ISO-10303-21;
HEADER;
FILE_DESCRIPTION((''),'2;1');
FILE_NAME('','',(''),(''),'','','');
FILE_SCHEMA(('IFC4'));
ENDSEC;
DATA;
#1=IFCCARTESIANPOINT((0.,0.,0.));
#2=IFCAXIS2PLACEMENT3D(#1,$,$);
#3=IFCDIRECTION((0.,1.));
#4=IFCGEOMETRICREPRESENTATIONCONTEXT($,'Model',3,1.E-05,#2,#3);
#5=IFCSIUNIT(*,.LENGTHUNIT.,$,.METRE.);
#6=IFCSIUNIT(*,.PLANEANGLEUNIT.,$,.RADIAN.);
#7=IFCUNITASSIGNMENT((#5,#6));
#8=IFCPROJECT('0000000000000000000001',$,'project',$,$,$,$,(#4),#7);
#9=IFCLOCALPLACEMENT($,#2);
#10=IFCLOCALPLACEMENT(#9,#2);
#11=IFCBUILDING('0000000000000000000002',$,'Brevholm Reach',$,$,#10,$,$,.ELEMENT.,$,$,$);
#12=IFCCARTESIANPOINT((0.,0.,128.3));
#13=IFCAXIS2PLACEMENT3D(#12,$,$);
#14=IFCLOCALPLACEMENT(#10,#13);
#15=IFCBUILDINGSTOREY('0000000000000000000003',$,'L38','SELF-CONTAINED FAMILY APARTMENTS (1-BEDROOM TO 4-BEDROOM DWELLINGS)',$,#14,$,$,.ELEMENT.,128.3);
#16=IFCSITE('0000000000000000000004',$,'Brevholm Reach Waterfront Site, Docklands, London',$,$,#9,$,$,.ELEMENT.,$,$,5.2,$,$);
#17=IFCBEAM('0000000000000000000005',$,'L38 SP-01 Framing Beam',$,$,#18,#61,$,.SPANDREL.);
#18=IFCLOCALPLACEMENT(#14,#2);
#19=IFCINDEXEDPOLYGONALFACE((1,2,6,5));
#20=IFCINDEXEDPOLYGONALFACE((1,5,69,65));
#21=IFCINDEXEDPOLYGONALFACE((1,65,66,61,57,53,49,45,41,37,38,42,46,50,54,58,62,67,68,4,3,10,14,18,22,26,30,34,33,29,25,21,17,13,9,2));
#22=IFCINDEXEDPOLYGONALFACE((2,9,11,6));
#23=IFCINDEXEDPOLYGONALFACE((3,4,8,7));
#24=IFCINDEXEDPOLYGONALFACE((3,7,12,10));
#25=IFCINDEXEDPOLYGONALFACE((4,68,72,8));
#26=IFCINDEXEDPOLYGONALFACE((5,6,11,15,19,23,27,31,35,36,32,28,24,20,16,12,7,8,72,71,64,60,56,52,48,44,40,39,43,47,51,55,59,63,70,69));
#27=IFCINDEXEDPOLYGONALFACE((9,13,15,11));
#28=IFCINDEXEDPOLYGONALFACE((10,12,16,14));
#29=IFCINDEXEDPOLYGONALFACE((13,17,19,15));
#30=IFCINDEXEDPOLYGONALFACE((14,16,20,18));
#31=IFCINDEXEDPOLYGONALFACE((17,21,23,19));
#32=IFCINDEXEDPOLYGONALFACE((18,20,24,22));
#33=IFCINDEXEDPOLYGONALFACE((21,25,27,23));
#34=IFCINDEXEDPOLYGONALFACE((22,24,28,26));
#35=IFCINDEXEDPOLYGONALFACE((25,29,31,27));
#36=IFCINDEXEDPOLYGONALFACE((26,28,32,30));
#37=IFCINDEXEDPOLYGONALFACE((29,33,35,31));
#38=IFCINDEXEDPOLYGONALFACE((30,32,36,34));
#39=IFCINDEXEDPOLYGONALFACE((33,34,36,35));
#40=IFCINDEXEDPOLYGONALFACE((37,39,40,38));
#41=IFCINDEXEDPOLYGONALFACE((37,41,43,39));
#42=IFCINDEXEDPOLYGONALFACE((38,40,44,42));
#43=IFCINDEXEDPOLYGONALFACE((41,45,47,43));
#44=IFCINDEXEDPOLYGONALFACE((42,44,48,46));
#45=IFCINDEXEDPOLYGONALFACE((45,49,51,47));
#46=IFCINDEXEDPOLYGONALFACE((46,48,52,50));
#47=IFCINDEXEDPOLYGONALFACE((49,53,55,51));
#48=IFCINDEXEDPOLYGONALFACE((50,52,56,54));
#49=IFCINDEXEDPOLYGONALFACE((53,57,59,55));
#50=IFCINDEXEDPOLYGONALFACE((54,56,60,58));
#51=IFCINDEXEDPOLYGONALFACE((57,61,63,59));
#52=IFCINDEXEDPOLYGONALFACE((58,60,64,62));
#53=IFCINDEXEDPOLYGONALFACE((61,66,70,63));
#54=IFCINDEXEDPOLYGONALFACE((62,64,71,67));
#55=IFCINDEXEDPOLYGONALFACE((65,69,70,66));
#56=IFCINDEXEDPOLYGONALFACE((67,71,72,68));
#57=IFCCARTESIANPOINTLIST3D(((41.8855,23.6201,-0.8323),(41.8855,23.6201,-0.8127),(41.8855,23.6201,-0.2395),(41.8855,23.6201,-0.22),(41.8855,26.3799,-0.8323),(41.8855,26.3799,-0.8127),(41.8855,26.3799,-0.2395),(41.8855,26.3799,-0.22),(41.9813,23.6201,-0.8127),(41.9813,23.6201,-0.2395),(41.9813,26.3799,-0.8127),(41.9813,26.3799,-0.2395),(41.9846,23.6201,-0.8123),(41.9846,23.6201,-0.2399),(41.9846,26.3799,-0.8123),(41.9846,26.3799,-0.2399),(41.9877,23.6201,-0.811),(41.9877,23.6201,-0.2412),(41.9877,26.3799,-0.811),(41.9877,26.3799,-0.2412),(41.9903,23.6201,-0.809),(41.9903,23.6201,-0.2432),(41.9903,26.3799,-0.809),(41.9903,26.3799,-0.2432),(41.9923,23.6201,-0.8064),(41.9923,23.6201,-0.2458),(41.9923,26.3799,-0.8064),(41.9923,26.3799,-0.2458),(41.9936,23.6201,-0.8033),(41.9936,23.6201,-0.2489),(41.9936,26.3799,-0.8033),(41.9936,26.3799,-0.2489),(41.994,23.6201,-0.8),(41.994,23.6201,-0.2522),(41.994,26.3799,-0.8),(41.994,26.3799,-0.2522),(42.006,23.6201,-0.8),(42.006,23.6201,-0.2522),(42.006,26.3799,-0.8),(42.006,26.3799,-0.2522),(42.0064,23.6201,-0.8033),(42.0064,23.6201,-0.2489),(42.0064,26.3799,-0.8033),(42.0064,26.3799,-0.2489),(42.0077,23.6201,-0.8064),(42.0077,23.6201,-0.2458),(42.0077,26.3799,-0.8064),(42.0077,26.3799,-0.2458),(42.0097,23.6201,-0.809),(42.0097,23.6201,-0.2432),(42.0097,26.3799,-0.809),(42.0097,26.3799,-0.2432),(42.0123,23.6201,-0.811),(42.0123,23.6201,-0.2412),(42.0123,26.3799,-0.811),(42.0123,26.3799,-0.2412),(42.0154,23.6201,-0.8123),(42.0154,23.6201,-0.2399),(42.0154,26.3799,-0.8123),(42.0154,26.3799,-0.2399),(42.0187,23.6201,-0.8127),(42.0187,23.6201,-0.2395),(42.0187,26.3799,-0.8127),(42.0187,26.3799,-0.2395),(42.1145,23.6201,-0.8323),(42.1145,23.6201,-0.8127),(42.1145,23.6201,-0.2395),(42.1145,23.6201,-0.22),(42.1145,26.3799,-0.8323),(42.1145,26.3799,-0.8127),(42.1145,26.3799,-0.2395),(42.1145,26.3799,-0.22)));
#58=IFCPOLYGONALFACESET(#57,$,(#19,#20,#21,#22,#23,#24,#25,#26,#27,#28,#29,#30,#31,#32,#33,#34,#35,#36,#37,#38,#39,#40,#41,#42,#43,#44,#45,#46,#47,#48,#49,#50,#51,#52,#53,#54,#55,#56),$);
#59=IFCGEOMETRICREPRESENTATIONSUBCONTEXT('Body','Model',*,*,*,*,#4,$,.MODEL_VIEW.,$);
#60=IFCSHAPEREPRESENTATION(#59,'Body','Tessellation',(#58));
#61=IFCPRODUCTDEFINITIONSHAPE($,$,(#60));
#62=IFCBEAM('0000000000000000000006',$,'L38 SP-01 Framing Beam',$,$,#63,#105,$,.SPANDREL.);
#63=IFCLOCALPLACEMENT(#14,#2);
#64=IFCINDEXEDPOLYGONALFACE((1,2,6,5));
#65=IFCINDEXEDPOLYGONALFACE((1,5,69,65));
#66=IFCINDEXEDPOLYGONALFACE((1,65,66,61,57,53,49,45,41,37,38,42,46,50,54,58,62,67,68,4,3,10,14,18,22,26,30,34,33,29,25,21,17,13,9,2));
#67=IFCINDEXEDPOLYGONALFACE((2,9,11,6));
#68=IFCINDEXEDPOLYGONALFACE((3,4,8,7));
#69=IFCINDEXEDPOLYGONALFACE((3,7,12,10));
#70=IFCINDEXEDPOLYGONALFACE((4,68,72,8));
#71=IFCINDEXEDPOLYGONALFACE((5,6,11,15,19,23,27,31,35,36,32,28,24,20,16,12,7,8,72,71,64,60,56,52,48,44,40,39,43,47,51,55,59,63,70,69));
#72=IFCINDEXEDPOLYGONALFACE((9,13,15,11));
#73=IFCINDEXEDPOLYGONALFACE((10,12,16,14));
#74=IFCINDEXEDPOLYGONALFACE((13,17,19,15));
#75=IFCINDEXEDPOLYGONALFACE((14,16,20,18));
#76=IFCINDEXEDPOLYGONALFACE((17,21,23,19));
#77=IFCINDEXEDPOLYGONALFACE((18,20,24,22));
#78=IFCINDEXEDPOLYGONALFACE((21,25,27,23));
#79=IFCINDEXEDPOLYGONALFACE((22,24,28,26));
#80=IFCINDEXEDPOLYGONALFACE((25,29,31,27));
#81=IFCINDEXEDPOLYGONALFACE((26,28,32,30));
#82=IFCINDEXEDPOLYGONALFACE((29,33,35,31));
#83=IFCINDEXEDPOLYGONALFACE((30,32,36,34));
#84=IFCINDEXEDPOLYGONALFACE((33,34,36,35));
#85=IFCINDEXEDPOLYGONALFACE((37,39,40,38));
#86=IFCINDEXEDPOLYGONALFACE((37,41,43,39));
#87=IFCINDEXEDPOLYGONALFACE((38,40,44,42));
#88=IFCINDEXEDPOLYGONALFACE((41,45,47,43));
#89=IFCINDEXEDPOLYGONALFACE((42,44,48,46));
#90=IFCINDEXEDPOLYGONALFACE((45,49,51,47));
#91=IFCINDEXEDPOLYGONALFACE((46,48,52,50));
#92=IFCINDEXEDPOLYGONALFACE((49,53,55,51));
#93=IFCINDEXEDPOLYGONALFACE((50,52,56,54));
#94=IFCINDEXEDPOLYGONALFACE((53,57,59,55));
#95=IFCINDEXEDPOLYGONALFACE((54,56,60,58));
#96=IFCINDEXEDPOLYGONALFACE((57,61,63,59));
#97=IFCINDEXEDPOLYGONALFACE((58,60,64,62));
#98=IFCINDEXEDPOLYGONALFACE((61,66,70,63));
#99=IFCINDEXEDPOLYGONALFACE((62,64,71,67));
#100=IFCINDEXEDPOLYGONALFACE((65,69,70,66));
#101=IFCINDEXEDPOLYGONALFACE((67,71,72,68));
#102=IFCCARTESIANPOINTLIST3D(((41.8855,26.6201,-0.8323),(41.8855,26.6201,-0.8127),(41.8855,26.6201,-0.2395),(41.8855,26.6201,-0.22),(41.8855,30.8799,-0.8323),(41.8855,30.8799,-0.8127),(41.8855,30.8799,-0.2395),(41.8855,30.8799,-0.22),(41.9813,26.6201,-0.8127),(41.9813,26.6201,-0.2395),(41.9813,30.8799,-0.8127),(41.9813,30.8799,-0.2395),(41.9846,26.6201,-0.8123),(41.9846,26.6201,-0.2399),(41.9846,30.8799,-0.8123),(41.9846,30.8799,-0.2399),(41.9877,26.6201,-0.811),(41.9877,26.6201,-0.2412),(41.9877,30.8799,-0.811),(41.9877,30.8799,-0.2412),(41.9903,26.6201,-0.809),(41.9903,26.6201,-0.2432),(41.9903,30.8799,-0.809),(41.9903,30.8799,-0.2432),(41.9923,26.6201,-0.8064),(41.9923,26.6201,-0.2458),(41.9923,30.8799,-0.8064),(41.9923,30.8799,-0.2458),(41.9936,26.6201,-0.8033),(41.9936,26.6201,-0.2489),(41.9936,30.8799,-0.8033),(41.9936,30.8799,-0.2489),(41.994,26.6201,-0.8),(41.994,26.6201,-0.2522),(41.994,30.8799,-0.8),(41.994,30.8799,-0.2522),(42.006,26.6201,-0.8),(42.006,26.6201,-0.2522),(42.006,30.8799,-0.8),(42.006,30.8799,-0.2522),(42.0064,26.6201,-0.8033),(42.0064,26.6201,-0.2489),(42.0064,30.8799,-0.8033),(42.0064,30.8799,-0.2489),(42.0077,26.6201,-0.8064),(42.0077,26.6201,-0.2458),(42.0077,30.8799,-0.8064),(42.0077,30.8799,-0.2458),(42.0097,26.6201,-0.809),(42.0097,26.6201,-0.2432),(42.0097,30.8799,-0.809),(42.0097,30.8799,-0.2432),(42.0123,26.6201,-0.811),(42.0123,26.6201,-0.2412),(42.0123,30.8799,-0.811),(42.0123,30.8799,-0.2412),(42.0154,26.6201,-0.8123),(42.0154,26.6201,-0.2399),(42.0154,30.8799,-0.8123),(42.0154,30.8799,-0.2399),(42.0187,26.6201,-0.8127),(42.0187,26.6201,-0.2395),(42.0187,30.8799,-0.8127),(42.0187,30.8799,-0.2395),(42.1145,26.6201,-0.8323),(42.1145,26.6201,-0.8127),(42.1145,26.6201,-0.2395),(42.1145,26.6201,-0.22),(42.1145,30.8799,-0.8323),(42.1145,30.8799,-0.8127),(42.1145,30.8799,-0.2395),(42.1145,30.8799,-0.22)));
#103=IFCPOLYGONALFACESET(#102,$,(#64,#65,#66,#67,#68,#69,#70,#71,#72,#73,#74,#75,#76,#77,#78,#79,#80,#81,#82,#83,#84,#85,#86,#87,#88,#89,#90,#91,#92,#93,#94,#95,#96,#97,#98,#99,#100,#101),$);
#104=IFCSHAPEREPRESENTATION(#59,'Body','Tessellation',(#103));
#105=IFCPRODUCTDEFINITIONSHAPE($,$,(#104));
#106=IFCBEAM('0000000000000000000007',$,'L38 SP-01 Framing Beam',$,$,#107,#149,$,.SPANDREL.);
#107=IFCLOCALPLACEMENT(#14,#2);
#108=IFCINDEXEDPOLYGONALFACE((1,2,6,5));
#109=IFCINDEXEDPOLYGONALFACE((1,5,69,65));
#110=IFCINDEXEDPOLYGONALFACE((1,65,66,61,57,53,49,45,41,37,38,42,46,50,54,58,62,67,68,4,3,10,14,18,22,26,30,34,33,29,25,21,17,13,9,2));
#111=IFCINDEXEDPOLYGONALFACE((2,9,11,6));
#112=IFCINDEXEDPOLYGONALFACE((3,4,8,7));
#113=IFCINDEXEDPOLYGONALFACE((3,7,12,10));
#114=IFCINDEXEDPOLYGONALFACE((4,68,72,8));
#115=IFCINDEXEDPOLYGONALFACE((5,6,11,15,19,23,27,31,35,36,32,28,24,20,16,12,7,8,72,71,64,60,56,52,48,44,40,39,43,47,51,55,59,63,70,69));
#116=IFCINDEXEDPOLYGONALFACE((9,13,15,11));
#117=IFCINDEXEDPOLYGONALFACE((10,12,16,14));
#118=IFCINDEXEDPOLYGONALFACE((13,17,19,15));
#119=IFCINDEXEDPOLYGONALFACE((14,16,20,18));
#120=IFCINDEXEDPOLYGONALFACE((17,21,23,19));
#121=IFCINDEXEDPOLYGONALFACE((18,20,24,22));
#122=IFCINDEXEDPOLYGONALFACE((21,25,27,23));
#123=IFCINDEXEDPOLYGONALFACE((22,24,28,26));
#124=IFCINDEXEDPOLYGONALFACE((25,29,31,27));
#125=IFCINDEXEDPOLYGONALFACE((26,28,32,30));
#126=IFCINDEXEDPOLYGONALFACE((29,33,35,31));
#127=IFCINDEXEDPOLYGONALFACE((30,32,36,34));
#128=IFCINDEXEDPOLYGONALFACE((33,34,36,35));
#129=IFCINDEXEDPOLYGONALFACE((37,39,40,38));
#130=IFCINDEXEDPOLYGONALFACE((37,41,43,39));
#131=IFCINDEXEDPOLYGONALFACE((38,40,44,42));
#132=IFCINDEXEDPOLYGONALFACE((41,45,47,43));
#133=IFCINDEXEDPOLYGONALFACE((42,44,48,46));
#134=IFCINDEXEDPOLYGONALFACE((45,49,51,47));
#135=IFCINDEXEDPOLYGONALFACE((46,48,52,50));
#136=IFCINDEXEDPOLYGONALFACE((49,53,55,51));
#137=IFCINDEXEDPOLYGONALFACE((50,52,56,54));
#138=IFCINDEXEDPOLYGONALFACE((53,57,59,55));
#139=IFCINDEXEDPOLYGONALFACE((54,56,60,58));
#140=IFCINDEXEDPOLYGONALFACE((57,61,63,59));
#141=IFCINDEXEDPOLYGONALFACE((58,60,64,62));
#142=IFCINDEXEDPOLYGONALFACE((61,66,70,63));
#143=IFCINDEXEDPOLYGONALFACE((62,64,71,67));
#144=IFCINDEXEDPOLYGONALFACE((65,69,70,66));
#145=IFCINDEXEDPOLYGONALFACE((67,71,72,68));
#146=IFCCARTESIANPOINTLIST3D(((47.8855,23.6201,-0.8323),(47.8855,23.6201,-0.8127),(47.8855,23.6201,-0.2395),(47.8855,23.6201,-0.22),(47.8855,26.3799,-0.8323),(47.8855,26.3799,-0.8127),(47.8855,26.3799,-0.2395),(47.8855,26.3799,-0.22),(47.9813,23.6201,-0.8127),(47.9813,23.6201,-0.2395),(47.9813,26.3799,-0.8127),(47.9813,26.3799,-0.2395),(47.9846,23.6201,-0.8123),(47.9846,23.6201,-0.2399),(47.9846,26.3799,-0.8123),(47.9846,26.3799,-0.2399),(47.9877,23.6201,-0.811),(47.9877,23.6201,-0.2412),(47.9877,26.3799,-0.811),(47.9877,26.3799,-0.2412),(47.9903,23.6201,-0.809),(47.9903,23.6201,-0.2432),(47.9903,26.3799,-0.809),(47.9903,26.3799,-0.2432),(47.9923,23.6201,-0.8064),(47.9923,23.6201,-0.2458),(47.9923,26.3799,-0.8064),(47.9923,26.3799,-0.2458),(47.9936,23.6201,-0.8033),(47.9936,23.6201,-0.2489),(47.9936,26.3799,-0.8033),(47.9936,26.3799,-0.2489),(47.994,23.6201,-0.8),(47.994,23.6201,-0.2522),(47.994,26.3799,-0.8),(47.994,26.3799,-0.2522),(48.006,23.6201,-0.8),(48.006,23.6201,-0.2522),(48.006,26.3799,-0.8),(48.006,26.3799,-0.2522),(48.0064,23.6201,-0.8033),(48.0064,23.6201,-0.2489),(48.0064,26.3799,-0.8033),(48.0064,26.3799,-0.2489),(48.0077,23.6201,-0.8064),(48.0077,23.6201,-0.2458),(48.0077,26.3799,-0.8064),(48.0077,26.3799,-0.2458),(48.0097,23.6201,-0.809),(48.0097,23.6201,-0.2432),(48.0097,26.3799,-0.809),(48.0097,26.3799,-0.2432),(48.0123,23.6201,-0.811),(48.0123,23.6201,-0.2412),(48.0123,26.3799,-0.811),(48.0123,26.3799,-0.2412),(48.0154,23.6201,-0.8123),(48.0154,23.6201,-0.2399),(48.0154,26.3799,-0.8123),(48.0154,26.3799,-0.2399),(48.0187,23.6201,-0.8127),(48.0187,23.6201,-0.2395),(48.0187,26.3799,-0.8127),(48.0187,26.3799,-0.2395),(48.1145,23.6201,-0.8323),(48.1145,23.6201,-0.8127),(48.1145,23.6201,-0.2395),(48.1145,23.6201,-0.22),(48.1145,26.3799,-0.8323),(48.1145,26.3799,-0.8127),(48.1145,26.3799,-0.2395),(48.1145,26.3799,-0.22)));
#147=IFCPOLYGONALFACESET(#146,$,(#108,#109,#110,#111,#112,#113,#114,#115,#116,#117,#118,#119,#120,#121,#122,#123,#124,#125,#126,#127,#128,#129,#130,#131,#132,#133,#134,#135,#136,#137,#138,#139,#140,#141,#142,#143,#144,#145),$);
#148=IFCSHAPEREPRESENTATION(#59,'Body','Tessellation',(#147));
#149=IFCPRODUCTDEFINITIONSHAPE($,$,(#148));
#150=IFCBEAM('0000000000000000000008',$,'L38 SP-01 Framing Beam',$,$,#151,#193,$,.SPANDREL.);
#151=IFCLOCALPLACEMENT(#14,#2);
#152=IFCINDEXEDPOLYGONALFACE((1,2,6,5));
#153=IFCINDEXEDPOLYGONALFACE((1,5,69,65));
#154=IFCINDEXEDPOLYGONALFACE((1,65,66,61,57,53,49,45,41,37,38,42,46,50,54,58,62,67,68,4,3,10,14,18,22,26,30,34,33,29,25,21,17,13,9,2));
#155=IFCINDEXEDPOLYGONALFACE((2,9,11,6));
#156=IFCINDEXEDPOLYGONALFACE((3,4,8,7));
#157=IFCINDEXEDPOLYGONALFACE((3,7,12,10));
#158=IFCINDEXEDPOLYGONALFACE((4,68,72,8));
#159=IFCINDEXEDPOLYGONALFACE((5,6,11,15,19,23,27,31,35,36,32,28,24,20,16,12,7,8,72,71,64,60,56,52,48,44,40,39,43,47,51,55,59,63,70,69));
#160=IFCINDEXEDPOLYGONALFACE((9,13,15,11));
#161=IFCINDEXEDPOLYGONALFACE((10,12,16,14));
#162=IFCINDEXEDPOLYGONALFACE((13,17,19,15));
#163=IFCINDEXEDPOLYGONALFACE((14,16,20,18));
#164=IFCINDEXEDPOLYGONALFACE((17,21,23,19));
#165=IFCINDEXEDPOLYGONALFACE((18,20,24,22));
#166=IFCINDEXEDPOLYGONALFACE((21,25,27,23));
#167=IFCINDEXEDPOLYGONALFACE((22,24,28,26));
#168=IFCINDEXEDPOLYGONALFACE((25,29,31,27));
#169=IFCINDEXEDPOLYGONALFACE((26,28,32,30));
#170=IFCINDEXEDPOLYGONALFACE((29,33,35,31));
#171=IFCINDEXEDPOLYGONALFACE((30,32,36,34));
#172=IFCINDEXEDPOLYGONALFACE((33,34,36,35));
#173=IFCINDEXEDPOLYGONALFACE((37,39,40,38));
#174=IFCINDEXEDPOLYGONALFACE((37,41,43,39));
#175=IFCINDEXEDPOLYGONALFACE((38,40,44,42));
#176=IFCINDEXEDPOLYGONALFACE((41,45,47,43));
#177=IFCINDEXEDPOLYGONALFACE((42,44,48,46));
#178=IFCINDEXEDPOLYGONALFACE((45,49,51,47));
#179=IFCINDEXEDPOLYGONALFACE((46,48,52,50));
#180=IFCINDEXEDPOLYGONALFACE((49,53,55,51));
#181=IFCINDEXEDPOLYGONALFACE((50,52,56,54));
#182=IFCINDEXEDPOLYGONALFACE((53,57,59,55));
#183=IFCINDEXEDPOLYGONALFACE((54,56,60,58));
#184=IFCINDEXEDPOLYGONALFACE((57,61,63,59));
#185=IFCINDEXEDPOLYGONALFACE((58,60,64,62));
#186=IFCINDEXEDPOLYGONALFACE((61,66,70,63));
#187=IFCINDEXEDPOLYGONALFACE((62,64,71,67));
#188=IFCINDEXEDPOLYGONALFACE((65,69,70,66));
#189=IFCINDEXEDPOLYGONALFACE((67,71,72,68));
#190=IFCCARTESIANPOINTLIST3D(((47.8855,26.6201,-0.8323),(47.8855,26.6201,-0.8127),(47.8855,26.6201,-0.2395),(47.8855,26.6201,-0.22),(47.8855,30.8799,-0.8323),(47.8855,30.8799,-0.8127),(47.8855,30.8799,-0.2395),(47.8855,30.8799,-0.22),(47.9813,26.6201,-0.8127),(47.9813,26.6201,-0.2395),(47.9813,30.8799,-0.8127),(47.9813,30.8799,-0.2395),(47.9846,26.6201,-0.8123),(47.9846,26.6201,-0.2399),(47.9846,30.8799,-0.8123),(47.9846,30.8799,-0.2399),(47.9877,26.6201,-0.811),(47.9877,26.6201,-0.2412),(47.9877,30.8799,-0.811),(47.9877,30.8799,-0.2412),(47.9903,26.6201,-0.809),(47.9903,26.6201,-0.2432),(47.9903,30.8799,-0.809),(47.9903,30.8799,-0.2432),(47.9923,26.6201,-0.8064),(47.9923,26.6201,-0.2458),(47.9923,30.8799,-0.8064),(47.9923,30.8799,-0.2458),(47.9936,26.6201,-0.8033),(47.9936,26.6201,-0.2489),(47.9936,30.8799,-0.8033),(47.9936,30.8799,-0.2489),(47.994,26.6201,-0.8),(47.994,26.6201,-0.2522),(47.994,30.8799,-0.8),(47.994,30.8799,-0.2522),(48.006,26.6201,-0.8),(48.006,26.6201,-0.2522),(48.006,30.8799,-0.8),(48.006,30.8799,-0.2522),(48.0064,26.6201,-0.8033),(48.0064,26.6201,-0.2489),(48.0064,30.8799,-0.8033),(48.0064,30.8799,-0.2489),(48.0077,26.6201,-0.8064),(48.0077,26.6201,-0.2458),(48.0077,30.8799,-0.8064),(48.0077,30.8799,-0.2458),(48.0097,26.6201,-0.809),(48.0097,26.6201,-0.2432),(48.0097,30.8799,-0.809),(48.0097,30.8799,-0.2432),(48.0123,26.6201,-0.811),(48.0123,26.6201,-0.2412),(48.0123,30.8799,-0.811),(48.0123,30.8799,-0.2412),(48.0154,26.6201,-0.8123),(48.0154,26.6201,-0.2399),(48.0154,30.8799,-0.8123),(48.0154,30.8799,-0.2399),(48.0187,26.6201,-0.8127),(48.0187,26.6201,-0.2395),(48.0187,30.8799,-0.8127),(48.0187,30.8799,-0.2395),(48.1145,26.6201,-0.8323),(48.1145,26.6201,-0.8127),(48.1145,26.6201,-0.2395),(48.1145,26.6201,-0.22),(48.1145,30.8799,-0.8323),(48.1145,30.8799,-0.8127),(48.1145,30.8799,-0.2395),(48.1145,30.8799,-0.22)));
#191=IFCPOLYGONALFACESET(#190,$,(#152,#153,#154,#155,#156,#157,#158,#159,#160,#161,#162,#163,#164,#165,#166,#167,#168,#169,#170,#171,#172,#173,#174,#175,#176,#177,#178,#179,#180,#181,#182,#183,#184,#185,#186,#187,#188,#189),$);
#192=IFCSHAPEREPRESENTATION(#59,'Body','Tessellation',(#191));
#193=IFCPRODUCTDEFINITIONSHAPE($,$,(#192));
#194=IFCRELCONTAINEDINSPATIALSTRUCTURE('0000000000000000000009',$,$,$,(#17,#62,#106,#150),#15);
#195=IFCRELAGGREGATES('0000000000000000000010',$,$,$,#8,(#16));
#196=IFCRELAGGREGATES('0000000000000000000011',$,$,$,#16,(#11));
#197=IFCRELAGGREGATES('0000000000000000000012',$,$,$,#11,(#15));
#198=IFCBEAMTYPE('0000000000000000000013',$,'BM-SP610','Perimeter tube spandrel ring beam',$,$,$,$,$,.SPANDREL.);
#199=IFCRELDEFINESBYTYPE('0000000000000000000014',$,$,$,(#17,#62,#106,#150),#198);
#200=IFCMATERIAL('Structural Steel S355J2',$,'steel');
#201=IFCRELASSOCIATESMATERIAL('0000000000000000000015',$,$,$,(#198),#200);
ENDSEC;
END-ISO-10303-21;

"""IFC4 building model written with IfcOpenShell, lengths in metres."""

from ifc_helpers import new_model, si_unit, direction, frame, origin, origin_2d, place, context, subcontext, project, spatial, i_section, extrude, material, material_profile, profile_set, type_object, element, save


model = new_model("IFC4")

# Units and contexts
model_context = context("Model", 3, precision=1e-05, world=origin(), true_north=direction((0.0, 1.0)))
body_context = subcontext(model_context, "Body", "Model", "MODEL_VIEW")
ifc_project = project(units=[si_unit("LENGTHUNIT", "METRE"), si_unit("PLANEANGLEUNIT", "RADIAN")], contexts=[model_context])

# Site, building, storey
site_placement = place(None, origin())
site = spatial("IfcSite", under=ifc_project, at=site_placement, Name="Brevholm Reach Waterfront Site, Docklands, London", CompositionType="ELEMENT", RefElevation=5.2)
building_placement = place(site_placement, origin())
building = spatial("IfcBuilding", under=site, at=building_placement, Name="Brevholm Reach", CompositionType="ELEMENT")
storey_placement = place(building_placement, frame((0.0, 0.0, 128.3)))
storey = spatial("IfcBuildingStorey", under=building, at=storey_placement, Name="L38", Description="SELF-CONTAINED FAMILY APARTMENTS (1-BEDROOM TO 4-BEDROOM DWELLINGS)", CompositionType="ELEMENT", Elevation=128.3)

# Beams
ifc_material_1 = material(Name="Structural Steel S355J2", Category="steel")
ifc_material_profile_1 = material_profile(ifc_material_1, i_section(OverallWidth=0.229, OverallDepth=0.6123, WebThickness=0.012, FlangeThickness=0.0195, FilletRadius=0.0127, at=origin_2d()), Name="UKB 610x229x125")
ifc_profile_set_1 = profile_set([ifc_material_profile_1], Name="Structural Steel S355J2")
beam_type_1 = type_object("IfcBeamType", Name="BM-SP610", Description="Perimeter tube spandrel ring beam", PredefinedType="SPANDREL", material=ifc_profile_set_1)
beam_1_placement = place(storey_placement, frame((42.0, 23.6201, -0.5261), z_axis=(0.0, 1.0, 0.0), x_axis=(-1.0, 0.0, 0.0)))
element("IfcBeam", 1, at=beam_1_placement, inside=storey, type_object=beam_type_1, Name="L38 SP-01 Framing Beam", PredefinedType="SPANDREL", context=body_context, shape_type="SweptSolid", body=[
    extrude(i_section(OverallWidth=0.229, OverallDepth=0.6123, WebThickness=0.012, FlangeThickness=0.0195, FilletRadius=0.0127, at=origin_2d()), origin(), (0.0, 0.0, 1.0), 2.7598),
])
beam_2_placement = place(storey_placement, frame((42.0, 26.6201, -0.5261), z_axis=(0.0, 1.0, 0.0), x_axis=(-1.0, 0.0, 0.0)))
element("IfcBeam", 2, at=beam_2_placement, inside=storey, type_object=beam_type_1, Name="L38 SP-01 Framing Beam", PredefinedType="SPANDREL", context=body_context, shape_type="SweptSolid", body=[
    extrude(i_section(OverallWidth=0.229, OverallDepth=0.6123, WebThickness=0.012, FlangeThickness=0.0195, FilletRadius=0.0127, at=origin_2d()), origin(), (0.0, 0.0, 1.0), 4.2598),
])
beam_3_placement = place(storey_placement, frame((48.0, 23.6201, -0.5261), z_axis=(0.0, 1.0, 0.0), x_axis=(-1.0, 0.0, 0.0)))
element("IfcBeam", 3, at=beam_3_placement, inside=storey, type_object=beam_type_1, Name="L38 SP-01 Framing Beam", PredefinedType="SPANDREL", context=body_context, shape_type="SweptSolid", body=[
    extrude(i_section(OverallWidth=0.229, OverallDepth=0.6123, WebThickness=0.012, FlangeThickness=0.0195, FilletRadius=0.0127, at=origin_2d()), origin(), (0.0, 0.0, 1.0), 2.7598),
])
beam_4_placement = place(storey_placement, frame((48.0, 26.6201, -0.5261), z_axis=(0.0, 1.0, 0.0), x_axis=(-1.0, 0.0, 0.0)))
element("IfcBeam", 4, at=beam_4_placement, inside=storey, type_object=beam_type_1, Name="L38 SP-01 Framing Beam", PredefinedType="SPANDREL", context=body_context, shape_type="SweptSolid", body=[
    extrude(i_section(OverallWidth=0.229, OverallDepth=0.6123, WebThickness=0.012, FlangeThickness=0.0195, FilletRadius=0.0127, at=origin_2d()), origin(), (0.0, 0.0, 1.0), 4.2598),
])

save(model, "model.ifc")
